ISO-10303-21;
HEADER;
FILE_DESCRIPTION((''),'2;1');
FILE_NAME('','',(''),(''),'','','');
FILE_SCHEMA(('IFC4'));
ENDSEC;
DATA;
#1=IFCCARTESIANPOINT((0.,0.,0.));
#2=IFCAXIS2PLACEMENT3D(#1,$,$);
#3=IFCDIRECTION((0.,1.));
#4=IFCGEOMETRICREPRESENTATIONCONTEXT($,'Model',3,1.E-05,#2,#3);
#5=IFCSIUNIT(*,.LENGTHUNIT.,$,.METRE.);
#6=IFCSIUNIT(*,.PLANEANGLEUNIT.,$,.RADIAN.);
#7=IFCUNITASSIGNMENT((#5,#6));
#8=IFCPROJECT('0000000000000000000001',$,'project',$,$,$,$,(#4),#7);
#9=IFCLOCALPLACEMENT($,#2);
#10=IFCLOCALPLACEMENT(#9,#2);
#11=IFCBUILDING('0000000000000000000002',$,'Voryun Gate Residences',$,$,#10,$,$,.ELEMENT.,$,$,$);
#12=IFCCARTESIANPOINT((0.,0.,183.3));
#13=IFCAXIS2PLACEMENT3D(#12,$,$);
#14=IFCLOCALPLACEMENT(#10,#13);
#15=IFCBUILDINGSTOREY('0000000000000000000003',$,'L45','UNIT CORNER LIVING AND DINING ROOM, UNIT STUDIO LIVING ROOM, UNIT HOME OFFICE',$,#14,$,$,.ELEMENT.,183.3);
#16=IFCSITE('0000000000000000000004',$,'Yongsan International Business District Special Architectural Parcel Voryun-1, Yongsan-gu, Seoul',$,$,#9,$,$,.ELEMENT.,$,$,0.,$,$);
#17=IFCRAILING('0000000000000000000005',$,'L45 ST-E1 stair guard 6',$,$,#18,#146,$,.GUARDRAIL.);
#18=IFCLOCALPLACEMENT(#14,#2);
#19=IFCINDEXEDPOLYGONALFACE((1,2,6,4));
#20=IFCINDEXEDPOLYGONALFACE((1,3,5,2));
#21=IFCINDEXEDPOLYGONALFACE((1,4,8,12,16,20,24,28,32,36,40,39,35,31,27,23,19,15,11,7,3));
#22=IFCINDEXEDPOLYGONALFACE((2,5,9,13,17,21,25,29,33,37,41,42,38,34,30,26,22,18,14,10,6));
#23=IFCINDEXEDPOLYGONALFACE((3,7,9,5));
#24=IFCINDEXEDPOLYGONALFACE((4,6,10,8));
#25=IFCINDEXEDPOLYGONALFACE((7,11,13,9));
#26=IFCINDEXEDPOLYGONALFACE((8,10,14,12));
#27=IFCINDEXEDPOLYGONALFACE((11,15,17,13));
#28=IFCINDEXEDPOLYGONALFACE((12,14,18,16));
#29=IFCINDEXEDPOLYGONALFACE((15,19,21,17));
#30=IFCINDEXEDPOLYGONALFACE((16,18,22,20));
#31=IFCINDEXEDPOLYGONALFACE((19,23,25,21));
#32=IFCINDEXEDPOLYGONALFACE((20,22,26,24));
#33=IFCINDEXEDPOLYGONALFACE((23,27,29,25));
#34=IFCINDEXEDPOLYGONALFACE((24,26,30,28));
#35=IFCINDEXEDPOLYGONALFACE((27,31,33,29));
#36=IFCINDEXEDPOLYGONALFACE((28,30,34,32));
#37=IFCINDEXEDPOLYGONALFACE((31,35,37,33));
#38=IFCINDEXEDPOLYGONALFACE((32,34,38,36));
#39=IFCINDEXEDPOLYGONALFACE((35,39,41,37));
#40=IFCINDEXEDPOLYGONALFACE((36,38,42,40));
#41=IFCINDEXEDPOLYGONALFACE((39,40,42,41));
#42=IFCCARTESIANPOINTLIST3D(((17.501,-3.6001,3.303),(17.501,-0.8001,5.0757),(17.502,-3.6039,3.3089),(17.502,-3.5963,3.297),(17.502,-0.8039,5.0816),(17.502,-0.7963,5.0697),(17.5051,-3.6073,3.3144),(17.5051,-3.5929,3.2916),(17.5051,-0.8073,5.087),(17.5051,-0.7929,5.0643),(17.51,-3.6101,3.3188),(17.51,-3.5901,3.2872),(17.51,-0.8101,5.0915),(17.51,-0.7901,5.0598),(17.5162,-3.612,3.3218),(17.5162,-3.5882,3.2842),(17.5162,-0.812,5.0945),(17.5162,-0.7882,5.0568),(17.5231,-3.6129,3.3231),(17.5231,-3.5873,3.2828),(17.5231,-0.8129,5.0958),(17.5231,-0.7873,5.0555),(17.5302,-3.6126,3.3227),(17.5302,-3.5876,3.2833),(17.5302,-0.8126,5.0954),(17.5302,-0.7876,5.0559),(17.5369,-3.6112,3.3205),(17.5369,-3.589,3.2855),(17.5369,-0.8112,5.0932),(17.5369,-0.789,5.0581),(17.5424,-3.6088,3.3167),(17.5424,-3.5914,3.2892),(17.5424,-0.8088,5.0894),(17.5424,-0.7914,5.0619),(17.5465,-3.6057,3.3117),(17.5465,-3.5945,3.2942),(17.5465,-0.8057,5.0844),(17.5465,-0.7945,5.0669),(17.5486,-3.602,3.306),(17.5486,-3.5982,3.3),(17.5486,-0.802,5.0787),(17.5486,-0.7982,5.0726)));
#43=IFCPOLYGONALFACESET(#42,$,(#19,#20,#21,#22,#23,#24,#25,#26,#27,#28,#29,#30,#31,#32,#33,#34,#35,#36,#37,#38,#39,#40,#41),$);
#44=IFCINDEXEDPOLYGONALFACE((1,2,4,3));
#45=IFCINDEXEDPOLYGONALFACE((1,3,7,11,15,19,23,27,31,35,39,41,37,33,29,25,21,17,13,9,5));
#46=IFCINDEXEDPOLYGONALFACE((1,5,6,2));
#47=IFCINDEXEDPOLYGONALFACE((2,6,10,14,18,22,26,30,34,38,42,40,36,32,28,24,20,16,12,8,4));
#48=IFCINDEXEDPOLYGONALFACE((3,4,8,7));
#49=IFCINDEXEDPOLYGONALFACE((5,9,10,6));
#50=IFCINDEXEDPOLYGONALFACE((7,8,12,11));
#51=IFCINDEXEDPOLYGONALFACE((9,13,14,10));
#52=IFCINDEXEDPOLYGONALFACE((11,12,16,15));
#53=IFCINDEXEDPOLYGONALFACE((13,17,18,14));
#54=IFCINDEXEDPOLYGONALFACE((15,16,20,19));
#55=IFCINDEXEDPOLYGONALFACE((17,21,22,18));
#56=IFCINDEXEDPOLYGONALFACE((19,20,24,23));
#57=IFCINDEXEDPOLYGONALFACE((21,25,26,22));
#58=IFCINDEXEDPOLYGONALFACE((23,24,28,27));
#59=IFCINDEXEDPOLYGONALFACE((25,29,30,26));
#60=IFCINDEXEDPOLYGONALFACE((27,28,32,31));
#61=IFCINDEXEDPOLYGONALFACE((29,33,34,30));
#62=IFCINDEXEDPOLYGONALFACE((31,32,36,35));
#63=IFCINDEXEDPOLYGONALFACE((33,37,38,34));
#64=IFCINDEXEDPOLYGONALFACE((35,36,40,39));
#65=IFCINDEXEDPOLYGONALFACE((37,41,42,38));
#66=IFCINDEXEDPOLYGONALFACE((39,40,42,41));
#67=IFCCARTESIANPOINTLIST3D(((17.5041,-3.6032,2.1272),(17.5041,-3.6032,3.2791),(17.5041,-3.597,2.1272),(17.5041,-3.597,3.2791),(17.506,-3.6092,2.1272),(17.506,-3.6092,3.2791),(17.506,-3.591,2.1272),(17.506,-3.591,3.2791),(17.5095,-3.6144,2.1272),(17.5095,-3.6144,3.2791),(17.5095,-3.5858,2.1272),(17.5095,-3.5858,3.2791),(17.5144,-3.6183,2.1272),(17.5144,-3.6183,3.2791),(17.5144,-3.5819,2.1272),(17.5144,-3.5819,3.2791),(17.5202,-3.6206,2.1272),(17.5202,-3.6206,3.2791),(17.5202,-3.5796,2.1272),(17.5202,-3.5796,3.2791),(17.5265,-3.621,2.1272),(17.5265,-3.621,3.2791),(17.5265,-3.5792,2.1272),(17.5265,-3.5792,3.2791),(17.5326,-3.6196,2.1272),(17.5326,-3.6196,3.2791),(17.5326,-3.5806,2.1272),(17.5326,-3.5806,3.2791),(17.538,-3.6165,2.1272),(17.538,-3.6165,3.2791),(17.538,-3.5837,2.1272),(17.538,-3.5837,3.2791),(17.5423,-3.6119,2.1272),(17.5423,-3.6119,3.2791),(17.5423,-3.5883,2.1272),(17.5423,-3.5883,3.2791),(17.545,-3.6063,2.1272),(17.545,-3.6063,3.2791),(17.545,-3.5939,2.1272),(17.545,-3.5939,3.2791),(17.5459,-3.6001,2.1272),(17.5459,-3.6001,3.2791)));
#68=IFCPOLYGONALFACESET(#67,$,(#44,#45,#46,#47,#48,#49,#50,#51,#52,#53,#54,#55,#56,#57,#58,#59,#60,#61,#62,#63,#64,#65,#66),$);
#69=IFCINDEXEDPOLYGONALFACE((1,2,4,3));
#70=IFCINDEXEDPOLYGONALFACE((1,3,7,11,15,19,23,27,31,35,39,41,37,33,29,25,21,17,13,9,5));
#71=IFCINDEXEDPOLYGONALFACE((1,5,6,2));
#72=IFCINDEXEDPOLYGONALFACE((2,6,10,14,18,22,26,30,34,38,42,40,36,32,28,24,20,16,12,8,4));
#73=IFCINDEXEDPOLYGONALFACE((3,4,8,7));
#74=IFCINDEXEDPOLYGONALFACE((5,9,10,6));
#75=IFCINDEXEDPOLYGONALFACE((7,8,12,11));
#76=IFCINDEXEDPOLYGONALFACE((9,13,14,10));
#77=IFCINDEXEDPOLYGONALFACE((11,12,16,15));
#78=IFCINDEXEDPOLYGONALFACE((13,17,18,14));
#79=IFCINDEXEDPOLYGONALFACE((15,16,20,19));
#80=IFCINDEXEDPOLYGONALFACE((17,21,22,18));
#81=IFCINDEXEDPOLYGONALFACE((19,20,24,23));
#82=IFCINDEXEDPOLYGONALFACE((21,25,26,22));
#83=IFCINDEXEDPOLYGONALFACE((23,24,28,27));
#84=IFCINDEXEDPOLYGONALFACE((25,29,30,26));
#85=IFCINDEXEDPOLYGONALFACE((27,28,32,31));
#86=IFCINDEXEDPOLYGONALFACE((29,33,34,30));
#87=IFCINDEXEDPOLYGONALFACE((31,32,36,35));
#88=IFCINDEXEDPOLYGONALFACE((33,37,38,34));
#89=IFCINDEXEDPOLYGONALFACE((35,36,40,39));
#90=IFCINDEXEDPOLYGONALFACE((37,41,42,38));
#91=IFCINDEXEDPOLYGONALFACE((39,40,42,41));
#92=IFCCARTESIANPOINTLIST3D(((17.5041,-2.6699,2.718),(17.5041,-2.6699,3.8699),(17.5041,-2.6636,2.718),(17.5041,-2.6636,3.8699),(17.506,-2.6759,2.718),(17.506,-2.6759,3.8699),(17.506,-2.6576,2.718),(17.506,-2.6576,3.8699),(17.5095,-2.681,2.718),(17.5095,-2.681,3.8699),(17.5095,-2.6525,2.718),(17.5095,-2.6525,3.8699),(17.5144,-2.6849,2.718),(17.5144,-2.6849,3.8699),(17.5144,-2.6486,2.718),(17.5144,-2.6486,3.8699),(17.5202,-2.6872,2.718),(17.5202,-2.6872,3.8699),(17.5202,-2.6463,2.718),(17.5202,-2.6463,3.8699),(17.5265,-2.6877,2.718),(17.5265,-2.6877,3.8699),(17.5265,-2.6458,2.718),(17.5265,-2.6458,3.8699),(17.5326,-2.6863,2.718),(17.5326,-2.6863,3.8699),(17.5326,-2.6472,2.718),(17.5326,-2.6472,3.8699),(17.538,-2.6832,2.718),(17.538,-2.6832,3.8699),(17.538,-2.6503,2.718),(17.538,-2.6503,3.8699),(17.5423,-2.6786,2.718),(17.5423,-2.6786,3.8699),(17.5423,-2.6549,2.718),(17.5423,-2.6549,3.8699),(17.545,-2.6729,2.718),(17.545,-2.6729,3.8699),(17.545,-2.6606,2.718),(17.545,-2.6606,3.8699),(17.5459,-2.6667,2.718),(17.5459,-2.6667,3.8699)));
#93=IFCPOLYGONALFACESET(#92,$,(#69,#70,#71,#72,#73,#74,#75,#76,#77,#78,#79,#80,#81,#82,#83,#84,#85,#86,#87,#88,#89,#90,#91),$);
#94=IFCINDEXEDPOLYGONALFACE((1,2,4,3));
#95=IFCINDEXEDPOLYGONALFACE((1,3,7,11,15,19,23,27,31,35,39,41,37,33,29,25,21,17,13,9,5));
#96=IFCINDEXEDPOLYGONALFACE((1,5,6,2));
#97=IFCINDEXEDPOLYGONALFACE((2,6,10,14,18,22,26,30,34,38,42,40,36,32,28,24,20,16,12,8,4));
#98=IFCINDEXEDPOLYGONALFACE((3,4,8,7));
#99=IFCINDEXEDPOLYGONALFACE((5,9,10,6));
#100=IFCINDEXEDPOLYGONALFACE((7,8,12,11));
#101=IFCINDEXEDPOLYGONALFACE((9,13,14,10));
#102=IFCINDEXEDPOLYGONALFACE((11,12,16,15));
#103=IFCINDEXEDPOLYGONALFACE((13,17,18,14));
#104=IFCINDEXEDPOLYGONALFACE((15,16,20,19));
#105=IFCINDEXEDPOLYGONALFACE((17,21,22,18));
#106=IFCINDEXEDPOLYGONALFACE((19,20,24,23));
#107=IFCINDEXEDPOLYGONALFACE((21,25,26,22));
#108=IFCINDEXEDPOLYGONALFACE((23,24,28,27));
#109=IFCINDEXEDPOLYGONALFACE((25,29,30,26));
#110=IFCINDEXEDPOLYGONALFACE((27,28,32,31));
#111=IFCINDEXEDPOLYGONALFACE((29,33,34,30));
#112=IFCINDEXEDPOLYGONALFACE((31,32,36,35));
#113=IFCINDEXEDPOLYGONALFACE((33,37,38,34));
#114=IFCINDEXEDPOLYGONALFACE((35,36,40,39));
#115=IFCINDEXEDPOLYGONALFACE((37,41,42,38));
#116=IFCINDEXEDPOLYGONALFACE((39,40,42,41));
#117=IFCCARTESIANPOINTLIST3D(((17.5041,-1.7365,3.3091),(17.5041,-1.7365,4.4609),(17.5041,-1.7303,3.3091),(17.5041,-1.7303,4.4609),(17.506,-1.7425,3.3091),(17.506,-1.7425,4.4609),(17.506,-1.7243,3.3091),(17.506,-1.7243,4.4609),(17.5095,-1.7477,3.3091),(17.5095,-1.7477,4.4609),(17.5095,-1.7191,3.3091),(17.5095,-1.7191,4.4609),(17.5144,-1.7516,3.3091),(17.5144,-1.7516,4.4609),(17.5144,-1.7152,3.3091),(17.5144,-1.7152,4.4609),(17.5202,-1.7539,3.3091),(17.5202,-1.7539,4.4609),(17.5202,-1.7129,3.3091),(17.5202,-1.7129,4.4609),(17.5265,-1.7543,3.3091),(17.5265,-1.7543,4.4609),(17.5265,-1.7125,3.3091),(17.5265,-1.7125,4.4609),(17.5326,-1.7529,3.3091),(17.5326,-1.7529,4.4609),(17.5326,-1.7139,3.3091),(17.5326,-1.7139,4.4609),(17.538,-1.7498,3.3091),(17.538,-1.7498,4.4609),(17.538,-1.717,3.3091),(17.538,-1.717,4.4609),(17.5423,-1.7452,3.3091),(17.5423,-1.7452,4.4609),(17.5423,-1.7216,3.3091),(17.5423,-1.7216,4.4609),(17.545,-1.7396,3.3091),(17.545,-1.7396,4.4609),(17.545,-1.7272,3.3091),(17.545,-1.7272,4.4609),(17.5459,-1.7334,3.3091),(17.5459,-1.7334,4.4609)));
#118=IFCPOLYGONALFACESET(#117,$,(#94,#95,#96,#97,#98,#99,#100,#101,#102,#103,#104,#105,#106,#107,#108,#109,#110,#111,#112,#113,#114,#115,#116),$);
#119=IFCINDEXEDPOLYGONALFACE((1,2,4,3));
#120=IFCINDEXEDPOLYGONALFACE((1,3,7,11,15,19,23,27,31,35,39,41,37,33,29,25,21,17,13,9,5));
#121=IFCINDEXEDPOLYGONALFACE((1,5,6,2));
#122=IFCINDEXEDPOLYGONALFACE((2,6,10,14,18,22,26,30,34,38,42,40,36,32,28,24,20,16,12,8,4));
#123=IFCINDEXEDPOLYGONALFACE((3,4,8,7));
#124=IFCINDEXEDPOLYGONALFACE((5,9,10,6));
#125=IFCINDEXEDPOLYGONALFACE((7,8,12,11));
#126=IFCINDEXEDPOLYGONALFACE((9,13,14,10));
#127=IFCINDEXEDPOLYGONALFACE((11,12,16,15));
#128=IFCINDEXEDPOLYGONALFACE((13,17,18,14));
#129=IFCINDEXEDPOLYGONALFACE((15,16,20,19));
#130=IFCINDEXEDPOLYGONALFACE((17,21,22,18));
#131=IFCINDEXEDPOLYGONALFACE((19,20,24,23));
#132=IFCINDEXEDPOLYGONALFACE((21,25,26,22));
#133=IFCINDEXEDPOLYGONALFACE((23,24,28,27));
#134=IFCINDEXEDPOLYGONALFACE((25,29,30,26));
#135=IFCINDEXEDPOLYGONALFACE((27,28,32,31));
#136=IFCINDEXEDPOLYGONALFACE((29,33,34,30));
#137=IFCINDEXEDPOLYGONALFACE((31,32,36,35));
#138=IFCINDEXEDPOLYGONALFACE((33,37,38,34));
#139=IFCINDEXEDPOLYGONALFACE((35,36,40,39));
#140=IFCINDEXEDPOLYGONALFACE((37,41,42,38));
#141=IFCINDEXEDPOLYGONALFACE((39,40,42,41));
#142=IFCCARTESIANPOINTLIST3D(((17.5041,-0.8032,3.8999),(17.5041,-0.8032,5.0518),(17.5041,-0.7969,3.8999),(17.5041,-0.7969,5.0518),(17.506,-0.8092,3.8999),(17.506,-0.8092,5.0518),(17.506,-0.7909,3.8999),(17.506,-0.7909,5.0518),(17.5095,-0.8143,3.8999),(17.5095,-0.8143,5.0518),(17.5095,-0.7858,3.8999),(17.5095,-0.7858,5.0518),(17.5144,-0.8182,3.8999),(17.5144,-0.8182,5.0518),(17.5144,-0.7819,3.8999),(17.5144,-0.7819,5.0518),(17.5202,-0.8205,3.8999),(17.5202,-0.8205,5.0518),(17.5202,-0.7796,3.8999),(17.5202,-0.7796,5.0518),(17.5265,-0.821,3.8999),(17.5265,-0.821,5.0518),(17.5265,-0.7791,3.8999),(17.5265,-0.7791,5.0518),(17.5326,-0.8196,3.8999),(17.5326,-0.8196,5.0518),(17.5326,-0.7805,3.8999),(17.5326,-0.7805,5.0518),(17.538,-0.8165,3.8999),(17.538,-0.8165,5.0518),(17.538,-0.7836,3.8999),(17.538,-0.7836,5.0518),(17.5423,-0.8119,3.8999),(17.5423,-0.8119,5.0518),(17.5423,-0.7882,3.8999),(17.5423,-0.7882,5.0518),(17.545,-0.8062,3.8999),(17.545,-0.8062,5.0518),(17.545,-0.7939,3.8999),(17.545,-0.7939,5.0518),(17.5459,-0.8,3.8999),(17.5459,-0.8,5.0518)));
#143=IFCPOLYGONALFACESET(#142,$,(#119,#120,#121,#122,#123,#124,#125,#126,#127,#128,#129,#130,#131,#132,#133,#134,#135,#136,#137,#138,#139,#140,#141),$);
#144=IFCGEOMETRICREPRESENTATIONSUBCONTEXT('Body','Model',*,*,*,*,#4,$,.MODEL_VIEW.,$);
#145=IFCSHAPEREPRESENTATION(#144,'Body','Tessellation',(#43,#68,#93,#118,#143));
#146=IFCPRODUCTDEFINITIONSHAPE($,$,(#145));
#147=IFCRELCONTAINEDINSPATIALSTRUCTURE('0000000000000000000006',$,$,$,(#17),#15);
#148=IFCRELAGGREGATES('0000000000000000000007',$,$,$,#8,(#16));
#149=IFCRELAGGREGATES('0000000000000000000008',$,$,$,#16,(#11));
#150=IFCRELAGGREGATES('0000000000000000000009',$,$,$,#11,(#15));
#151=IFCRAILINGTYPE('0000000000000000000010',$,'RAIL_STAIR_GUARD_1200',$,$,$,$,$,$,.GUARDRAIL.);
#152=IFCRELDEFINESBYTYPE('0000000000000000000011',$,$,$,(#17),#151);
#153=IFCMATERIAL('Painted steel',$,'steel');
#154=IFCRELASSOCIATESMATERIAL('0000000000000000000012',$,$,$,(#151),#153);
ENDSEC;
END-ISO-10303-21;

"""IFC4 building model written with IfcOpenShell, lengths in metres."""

from ifc_helpers import new_model, si_unit, direction, frame, origin, origin_2d, place, context, subcontext, project, spatial, circle, extrude, material, type_object, element, save


model = new_model("IFC4")

# Units and contexts
model_context = context("Model", 3, precision=1e-05, world=origin(), true_north=direction((0.0, 1.0)))
body_context = subcontext(model_context, "Body", "Model", "MODEL_VIEW")
ifc_project = project(units=[si_unit("LENGTHUNIT", "METRE"), si_unit("PLANEANGLEUNIT", "RADIAN")], contexts=[model_context])

# Site, building, storey
site_placement = place(None, origin())
site = spatial("IfcSite", under=ifc_project, at=site_placement, Name="Yongsan International Business District Special Architectural Parcel Voryun-1, Yongsan-gu, Seoul", CompositionType="ELEMENT", RefElevation=0.0)
building_placement = place(site_placement, origin())
building = spatial("IfcBuilding", under=site, at=building_placement, Name="Voryun Gate Residences", CompositionType="ELEMENT")
storey_placement = place(building_placement, frame((0.0, 0.0, 183.3)))
storey = spatial("IfcBuildingStorey", under=building, at=storey_placement, Name="L45", Description="UNIT CORNER LIVING AND DINING ROOM, UNIT STUDIO LIVING ROOM, UNIT HOME OFFICE", CompositionType="ELEMENT", Elevation=183.3)

# Railing
ifc_material_1 = material(Name="Painted steel", Category="steel")
railing_type_1 = type_object("IfcRailingType", Name="RAIL_STAIR_GUARD_1200", PredefinedType="GUARDRAIL", material=ifc_material_1)
railing_1_placement = place(storey_placement, frame((17.5249, -3.6001, 2.1272)))
element("IfcRailing", 1, at=railing_1_placement, inside=storey, type_object=railing_type_1, Name="L45 ST-E1 stair guard 6", PredefinedType="GUARDRAIL", context=body_context, shape_type="SweptSolid", body=[
    extrude(circle(Radius=0.0239, at=origin_2d()), frame((0.0, 0.0, 1.1758), z_axis=(0.0, 0.844909, 0.53491), x_axis=(-1.0, 0.0, 0.0)), (0.0, 0.0, 1.0), 3.314),
    extrude(circle(Radius=0.021, at=origin_2d()), origin(), (0.0, 0.0, 1.0), 1.1519),
    extrude(circle(Radius=0.021, at=origin_2d()), frame((0.0, 0.9333, 0.5908)), (0.0, 0.0, 1.0), 1.1519),
    extrude(circle(Radius=0.021, at=origin_2d()), frame((0.0, 1.8667, 1.1819)), (0.0, 0.0, 1.0), 1.1519),
    extrude(circle(Radius=0.021, at=origin_2d()), frame((0.0, 2.8, 1.7727)), (0.0, 0.0, 1.0), 1.1519),
])

save(model, "model.ifc")
